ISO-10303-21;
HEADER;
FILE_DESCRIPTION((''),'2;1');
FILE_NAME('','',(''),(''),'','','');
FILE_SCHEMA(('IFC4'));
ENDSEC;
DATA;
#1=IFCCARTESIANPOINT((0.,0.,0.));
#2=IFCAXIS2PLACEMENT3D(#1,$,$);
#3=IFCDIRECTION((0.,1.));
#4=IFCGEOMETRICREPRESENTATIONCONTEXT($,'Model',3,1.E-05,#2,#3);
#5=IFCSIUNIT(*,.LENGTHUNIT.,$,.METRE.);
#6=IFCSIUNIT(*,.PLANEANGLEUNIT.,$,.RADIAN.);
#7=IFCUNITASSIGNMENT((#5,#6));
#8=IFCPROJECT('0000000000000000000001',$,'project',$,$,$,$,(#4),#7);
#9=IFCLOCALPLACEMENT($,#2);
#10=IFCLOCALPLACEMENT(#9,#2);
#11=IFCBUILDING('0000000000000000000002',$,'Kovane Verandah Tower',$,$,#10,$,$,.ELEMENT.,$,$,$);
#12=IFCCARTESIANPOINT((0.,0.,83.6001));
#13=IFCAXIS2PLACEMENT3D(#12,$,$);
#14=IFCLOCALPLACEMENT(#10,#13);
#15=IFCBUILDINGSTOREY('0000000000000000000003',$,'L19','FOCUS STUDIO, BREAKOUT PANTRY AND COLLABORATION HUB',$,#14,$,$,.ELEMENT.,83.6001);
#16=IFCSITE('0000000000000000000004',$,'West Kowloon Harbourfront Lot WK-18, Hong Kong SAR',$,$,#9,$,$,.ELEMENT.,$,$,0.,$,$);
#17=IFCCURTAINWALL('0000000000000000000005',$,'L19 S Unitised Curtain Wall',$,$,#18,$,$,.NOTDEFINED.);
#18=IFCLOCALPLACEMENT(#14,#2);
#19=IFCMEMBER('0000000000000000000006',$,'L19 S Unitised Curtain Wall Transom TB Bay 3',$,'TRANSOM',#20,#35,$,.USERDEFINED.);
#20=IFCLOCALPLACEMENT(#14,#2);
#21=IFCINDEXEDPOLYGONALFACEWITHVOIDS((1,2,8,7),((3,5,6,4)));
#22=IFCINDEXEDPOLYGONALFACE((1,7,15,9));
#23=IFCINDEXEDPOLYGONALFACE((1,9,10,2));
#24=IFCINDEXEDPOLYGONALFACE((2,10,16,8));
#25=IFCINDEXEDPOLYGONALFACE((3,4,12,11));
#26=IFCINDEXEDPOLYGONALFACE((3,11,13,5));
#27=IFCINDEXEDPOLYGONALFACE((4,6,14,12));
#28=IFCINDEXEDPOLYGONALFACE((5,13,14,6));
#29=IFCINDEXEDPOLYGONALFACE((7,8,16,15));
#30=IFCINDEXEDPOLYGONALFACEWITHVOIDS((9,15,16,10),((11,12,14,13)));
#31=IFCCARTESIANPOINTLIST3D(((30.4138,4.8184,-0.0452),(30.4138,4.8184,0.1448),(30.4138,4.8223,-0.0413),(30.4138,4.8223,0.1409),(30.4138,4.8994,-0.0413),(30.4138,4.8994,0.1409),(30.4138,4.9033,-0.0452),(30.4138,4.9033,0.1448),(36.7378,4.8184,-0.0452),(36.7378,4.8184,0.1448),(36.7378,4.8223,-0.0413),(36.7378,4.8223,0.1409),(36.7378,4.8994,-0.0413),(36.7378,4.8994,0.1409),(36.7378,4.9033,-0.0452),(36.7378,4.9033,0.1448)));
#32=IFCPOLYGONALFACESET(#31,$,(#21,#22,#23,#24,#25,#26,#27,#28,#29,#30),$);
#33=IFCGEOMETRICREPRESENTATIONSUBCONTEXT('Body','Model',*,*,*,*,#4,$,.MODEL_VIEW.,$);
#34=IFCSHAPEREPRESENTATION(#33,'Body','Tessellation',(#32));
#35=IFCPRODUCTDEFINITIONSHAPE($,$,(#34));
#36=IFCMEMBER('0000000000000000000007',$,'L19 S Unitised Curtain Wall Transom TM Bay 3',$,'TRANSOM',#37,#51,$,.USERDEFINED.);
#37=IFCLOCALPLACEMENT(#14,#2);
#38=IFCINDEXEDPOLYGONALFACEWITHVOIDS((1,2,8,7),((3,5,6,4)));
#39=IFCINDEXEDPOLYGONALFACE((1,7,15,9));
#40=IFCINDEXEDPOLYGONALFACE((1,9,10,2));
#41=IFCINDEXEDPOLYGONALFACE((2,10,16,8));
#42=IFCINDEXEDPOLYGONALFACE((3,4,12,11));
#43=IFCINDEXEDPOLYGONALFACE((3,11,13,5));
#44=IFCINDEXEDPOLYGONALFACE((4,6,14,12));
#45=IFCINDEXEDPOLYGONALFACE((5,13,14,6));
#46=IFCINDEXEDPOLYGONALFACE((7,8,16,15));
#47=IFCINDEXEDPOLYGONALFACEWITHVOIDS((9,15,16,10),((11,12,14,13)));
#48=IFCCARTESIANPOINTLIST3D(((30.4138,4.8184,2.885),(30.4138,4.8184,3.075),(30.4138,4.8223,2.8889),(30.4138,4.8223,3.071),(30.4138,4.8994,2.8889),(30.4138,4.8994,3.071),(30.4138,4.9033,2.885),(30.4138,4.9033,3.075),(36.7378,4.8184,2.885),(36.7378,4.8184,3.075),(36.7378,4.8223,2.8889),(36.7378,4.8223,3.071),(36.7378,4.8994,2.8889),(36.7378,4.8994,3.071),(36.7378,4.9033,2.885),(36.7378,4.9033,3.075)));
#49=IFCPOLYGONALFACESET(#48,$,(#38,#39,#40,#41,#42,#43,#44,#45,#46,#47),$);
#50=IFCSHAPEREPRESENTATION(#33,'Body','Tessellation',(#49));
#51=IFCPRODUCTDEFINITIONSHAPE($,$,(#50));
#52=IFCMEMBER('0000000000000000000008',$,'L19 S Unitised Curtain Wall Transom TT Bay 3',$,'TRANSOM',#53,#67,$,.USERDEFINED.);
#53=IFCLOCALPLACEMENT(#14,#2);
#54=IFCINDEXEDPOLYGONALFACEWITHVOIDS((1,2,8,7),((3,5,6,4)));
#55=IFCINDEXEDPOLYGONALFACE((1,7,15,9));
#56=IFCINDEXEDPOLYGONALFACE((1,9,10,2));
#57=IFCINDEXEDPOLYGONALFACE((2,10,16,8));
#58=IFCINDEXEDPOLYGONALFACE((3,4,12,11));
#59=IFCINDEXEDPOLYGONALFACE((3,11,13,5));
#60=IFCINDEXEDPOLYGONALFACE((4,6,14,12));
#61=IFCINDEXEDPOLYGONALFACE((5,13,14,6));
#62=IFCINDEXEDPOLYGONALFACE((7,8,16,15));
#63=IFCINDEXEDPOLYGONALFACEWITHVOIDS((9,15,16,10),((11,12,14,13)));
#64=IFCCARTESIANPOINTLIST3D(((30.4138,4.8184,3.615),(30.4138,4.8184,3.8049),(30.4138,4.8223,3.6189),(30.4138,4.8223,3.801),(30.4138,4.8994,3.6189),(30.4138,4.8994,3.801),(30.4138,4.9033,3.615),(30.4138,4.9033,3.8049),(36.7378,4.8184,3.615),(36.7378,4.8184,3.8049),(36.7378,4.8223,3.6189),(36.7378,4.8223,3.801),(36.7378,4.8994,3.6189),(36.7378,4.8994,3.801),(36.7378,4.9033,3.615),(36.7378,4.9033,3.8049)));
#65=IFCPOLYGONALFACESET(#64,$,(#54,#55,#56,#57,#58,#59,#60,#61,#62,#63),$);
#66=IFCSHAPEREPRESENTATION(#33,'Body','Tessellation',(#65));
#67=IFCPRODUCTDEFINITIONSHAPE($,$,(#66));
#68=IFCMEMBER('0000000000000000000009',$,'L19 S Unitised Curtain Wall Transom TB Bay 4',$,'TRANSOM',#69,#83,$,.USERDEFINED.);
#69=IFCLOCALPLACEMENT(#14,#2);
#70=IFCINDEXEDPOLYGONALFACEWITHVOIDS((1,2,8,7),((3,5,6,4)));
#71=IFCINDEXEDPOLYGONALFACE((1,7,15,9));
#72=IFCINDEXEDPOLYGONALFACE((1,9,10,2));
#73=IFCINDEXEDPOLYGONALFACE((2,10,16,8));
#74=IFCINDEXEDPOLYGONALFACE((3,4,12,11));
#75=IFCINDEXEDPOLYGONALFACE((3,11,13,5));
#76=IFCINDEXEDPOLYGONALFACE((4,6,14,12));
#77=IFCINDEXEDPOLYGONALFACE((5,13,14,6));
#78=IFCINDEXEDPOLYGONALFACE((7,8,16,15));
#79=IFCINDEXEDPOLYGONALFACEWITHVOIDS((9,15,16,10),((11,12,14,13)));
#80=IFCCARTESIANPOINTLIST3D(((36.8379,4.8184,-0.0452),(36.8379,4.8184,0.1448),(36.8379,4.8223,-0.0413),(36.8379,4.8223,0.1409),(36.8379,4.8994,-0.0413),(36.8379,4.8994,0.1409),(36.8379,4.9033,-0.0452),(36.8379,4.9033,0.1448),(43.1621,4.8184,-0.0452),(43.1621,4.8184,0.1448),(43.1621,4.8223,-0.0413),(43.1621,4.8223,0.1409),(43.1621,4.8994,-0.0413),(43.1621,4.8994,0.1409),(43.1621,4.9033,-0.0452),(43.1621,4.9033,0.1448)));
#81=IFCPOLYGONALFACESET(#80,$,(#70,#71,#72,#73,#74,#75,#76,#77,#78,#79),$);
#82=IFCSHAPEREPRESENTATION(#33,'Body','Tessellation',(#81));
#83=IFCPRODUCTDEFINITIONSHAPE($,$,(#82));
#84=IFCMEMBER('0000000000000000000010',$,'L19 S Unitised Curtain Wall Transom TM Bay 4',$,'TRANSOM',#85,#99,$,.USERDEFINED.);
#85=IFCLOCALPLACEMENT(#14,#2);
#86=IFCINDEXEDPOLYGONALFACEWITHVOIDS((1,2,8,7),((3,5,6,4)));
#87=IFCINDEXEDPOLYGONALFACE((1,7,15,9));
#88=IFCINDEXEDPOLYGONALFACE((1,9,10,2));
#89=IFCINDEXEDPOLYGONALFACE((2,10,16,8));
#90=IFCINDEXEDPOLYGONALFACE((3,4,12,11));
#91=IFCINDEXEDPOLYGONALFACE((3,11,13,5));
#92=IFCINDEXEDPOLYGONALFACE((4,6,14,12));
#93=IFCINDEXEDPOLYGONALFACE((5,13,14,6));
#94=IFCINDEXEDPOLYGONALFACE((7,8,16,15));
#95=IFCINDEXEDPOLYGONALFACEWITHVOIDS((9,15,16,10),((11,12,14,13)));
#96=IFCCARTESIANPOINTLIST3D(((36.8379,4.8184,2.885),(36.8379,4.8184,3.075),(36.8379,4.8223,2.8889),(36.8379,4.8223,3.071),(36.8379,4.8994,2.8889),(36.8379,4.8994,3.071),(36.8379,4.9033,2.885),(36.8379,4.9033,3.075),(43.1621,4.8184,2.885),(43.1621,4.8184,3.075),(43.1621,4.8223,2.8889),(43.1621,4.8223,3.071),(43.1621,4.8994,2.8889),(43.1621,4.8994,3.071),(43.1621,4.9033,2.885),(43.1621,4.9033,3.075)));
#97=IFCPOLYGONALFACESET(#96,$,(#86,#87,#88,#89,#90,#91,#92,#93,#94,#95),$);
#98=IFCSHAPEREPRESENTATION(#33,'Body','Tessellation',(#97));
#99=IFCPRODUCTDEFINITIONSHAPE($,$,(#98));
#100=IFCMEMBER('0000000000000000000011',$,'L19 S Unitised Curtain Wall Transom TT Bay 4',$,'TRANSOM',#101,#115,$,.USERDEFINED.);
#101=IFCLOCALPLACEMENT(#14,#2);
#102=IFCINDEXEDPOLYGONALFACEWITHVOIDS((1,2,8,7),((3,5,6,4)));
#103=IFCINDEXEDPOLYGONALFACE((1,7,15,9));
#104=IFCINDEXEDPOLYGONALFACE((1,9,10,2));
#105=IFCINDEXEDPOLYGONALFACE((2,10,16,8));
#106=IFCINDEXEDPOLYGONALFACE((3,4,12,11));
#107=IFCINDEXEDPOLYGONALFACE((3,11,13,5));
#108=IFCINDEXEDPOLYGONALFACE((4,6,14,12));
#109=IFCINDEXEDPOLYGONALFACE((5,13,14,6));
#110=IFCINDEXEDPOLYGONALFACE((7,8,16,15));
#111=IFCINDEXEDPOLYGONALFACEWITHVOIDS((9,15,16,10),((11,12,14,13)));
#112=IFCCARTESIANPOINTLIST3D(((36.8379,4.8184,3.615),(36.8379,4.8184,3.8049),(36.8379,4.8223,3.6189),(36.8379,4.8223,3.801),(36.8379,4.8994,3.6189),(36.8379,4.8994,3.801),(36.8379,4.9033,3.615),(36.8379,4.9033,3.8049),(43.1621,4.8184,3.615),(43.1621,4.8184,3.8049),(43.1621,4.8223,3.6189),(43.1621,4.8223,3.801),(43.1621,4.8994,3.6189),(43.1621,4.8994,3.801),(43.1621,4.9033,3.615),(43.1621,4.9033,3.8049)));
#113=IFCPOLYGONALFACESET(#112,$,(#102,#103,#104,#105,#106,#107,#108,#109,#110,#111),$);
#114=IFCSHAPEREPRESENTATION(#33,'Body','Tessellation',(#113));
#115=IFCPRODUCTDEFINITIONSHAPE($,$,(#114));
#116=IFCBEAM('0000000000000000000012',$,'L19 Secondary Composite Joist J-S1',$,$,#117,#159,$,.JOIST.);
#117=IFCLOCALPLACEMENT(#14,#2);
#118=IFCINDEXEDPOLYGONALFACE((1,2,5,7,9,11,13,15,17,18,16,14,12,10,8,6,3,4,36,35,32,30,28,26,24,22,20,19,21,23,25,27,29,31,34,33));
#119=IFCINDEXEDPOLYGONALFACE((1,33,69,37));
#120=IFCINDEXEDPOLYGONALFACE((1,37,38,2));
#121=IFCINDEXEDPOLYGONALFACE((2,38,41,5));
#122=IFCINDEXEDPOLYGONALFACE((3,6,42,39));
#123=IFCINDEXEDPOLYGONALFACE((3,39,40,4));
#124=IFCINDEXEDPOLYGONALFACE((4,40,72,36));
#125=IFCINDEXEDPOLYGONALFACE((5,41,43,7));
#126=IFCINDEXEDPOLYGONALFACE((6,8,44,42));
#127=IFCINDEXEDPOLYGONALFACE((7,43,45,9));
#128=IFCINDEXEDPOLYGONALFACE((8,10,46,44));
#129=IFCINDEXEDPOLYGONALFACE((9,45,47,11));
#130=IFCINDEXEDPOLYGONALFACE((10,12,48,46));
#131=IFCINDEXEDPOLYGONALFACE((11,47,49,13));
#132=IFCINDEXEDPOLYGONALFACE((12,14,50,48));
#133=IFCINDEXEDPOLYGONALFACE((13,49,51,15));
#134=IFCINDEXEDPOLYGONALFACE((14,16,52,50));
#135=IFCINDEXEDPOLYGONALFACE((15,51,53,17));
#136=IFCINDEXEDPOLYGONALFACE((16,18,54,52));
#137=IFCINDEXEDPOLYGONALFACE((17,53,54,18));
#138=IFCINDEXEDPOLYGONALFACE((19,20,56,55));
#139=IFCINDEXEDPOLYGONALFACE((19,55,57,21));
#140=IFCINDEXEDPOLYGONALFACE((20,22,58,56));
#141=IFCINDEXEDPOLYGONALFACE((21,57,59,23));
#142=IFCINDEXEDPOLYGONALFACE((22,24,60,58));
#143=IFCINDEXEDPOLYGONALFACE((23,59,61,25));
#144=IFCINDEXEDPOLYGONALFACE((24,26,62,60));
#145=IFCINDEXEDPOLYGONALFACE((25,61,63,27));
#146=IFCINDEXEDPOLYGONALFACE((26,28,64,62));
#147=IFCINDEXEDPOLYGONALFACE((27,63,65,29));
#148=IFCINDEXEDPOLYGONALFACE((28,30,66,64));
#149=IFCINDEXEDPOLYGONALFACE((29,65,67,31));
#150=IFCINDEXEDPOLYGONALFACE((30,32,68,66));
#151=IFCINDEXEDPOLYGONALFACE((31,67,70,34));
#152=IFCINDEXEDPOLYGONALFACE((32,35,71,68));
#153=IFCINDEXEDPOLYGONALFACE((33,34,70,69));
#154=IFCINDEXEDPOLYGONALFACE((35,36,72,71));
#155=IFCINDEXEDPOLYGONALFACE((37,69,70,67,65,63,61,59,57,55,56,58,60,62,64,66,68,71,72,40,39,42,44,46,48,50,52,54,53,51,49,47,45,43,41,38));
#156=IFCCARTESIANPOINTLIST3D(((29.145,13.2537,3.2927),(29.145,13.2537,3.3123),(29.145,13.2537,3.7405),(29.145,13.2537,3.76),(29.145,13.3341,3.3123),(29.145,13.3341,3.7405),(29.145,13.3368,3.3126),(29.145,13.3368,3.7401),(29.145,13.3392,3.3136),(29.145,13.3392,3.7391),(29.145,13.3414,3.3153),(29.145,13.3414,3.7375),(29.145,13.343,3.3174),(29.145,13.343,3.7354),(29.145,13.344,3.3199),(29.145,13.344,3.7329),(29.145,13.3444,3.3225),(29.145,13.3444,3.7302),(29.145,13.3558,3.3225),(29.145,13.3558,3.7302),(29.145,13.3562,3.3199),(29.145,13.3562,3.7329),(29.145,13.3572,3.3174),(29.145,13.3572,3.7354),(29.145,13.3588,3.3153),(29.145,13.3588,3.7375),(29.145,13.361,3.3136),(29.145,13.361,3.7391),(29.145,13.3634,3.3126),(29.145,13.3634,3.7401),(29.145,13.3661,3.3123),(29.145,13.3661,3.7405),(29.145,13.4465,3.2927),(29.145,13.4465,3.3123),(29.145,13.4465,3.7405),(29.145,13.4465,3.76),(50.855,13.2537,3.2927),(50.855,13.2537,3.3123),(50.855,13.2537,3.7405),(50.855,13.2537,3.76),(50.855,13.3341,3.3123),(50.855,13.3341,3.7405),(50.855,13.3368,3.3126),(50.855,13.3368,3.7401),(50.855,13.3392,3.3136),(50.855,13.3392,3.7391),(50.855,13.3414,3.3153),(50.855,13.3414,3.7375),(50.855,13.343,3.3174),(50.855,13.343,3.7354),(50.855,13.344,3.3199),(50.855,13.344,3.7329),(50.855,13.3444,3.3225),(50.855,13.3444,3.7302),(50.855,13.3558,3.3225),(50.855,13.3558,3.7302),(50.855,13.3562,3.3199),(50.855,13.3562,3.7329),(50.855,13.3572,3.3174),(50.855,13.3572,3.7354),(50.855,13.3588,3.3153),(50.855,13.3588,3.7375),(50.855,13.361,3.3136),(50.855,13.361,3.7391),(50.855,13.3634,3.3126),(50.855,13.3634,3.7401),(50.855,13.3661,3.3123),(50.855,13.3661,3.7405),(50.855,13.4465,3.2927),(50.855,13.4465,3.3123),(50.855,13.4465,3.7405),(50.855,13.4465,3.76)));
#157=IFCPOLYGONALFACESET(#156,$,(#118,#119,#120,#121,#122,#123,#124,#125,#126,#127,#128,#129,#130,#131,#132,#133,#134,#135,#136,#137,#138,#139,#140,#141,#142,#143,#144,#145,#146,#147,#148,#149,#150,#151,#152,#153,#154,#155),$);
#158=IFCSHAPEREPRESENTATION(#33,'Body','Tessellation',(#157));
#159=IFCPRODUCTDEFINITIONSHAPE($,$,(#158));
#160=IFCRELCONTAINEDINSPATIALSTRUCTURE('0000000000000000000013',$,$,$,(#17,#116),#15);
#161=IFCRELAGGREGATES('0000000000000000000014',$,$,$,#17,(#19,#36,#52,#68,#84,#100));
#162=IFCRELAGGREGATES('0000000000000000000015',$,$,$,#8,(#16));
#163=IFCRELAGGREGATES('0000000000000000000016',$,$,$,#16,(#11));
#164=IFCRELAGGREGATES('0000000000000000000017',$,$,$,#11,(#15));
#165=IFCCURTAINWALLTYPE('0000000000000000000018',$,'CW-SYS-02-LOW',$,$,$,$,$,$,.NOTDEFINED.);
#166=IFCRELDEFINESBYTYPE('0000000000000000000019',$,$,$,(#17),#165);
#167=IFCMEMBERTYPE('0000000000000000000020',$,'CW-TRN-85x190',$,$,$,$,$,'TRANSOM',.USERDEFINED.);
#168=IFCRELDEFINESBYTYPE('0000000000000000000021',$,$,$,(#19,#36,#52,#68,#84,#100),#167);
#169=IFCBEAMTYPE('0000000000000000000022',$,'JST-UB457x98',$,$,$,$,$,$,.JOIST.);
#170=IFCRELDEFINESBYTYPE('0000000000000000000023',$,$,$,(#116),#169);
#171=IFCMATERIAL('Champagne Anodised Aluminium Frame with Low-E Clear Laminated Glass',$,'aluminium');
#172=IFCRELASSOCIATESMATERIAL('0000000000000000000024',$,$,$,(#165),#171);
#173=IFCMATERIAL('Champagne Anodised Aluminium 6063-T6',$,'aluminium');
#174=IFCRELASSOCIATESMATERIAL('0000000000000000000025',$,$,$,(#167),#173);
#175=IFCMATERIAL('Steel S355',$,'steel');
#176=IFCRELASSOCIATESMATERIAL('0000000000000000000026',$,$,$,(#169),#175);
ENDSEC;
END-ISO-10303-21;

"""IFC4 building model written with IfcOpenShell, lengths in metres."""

from ifc_helpers import new_model, si_unit, direction, frame, origin, origin_2d, place, context, subcontext, project, spatial, hollow_rectangle, i_section, extrude, material, material_profile, profile_set, type_object, element, aggregate, save


model = new_model("IFC4")

# Units and contexts
model_context = context("Model", 3, precision=1e-05, world=origin(), true_north=direction((0.0, 1.0)))
body_context = subcontext(model_context, "Body", "Model", "MODEL_VIEW")
ifc_project = project(units=[si_unit("LENGTHUNIT", "METRE"), si_unit("PLANEANGLEUNIT", "RADIAN")], contexts=[model_context])

# Site, building, storey
site_placement = place(None, origin())
site = spatial("IfcSite", under=ifc_project, at=site_placement, Name="West Kowloon Harbourfront Lot WK-18, Hong Kong SAR", CompositionType="ELEMENT", RefElevation=0.0)
building_placement = place(site_placement, origin())
building = spatial("IfcBuilding", under=site, at=building_placement, Name="Kovane Verandah Tower", CompositionType="ELEMENT")
storey_placement = place(building_placement, frame((0.0, 0.0, 83.6001)))
storey = spatial("IfcBuildingStorey", under=building, at=storey_placement, Name="L19", Description="FOCUS STUDIO, BREAKOUT PANTRY AND COLLABORATION HUB", CompositionType="ELEMENT", Elevation=83.6001)

# Shared definitions
ifc_material_1 = material(Name="Steel S355", Category="steel")

# Curtain wall, members
ifc_material_2 = material(Name="Champagne Anodised Aluminium Frame with Low-E Clear Laminated Glass", Category="aluminium")
curtain_wall_type = type_object("IfcCurtainWallType", Name="CW-SYS-02-LOW", PredefinedType="NOTDEFINED", material=ifc_material_2)
curtain_wall_placement = place(storey_placement, origin())
curtain_wall = element("IfcCurtainWall", 1, at=curtain_wall_placement, inside=storey, type_object=curtain_wall_type, Name="L19 S Unitised Curtain Wall", PredefinedType="NOTDEFINED")
ifc_material_3 = material(Name="Champagne Anodised Aluminium 6063-T6", Category="aluminium")
ifc_material_profile_1 = material_profile(ifc_material_3, hollow_rectangle(XDim=0.085, YDim=0.1899, WallThickness=0.0039, at=origin_2d()), Name="AL85x190x4")
ifc_profile_set_1 = profile_set([ifc_material_profile_1], Name="Champagne Anodised Aluminium 6063-T6")
member_type_1 = type_object("IfcMemberType", Name="CW-TRN-85x190", ElementType="TRANSOM", PredefinedType="USERDEFINED", material=ifc_profile_set_1)
member_1_placement = place(storey_placement, frame((30.4138, 4.8608, 0.0498), z_axis=(1.0, 0.0, 0.0), x_axis=(0.0, 1.0, 0.0)))
member_1 = element("IfcMember", 2, at=member_1_placement, type_object=member_type_1, Name="L19 S Unitised Curtain Wall Transom TB Bay 3", ObjectType="TRANSOM", PredefinedType="USERDEFINED", context=body_context, shape_type="SweptSolid", body=[
    extrude(hollow_rectangle(XDim=0.085, YDim=0.1899, WallThickness=0.0039, at=origin_2d()), origin(), (0.0, 0.0, 1.0), 6.324),
])
member_2_placement = place(storey_placement, frame((30.4138, 4.8608, 2.98), z_axis=(1.0, 0.0, 0.0), x_axis=(0.0, 1.0, 0.0)))
member_2 = element("IfcMember", 3, at=member_2_placement, type_object=member_type_1, Name="L19 S Unitised Curtain Wall Transom TM Bay 3", ObjectType="TRANSOM", PredefinedType="USERDEFINED", context=body_context, shape_type="SweptSolid", body=[
    extrude(hollow_rectangle(XDim=0.085, YDim=0.1899, WallThickness=0.0039, at=origin_2d()), origin(), (0.0, 0.0, 1.0), 6.324),
])
member_3_placement = place(storey_placement, frame((30.4138, 4.8608, 3.71), z_axis=(1.0, 0.0, 0.0), x_axis=(0.0, 1.0, 0.0)))
member_3 = element("IfcMember", 4, at=member_3_placement, type_object=member_type_1, Name="L19 S Unitised Curtain Wall Transom TT Bay 3", ObjectType="TRANSOM", PredefinedType="USERDEFINED", context=body_context, shape_type="SweptSolid", body=[
    extrude(hollow_rectangle(XDim=0.085, YDim=0.1899, WallThickness=0.0039, at=origin_2d()), origin(), (0.0, 0.0, 1.0), 6.324),
])
member_4_placement = place(storey_placement, frame((36.8379, 4.8608, 0.0498), z_axis=(1.0, 0.0, 0.0), x_axis=(0.0, 1.0, 0.0)))
member_4 = element("IfcMember", 5, at=member_4_placement, type_object=member_type_1, Name="L19 S Unitised Curtain Wall Transom TB Bay 4", ObjectType="TRANSOM", PredefinedType="USERDEFINED", context=body_context, shape_type="SweptSolid", body=[
    extrude(hollow_rectangle(XDim=0.085, YDim=0.1899, WallThickness=0.0039, at=origin_2d()), origin(), (0.0, 0.0, 1.0), 6.3242),
])
member_5_placement = place(storey_placement, frame((36.8379, 4.8608, 2.98), z_axis=(1.0, 0.0, 0.0), x_axis=(0.0, 1.0, 0.0)))
member_5 = element("IfcMember", 6, at=member_5_placement, type_object=member_type_1, Name="L19 S Unitised Curtain Wall Transom TM Bay 4", ObjectType="TRANSOM", PredefinedType="USERDEFINED", context=body_context, shape_type="SweptSolid", body=[
    extrude(hollow_rectangle(XDim=0.085, YDim=0.1899, WallThickness=0.0039, at=origin_2d()), origin(), (0.0, 0.0, 1.0), 6.3242),
])
member_6_placement = place(storey_placement, frame((36.8379, 4.8608, 3.71), z_axis=(1.0, 0.0, 0.0), x_axis=(0.0, 1.0, 0.0)))
member_6 = element("IfcMember", 7, at=member_6_placement, type_object=member_type_1, Name="L19 S Unitised Curtain Wall Transom TT Bay 4", ObjectType="TRANSOM", PredefinedType="USERDEFINED", context=body_context, shape_type="SweptSolid", body=[
    extrude(hollow_rectangle(XDim=0.085, YDim=0.1899, WallThickness=0.0039, at=origin_2d()), origin(), (0.0, 0.0, 1.0), 6.3242),
])

# Beam
ifc_material_profile_2 = material_profile(ifc_material_1, i_section(OverallWidth=0.1929, OverallDepth=0.4673, WebThickness=0.0115, FlangeThickness=0.0195, FilletRadius=0.0103, at=origin_2d()), Name="UB457x191x98")
ifc_profile_set_2 = profile_set([ifc_material_profile_2], Name="Steel S355")
beam_type_1 = type_object("IfcBeamType", Name="JST-UB457x98", PredefinedType="JOIST", material=ifc_profile_set_2)
for number, where, z_axis, x_axis, name in (
    (8, (29.145, 13.3501, 3.5264), (1.0, 0.0, 0.0), (0.0, 1.0, 0.0), "L19 Secondary Composite Joist J-S1"),
):
    element("IfcBeam", number, at=place(storey_placement, frame(where, z_axis=z_axis, x_axis=x_axis)), inside=storey, type_object=beam_type_1, Name=name, PredefinedType="JOIST", context=body_context, shape_type="SweptSolid", body=[
        extrude(i_section(OverallWidth=0.1929, OverallDepth=0.4673, WebThickness=0.0115, FlangeThickness=0.0195, FilletRadius=0.0103, at=origin_2d()), origin(), (0.0, 0.0, 1.0), 21.71),
    ])

aggregate(curtain_wall, [member_1, member_2, member_3, member_4, member_5, member_6])

save(model, "model.ifc")
